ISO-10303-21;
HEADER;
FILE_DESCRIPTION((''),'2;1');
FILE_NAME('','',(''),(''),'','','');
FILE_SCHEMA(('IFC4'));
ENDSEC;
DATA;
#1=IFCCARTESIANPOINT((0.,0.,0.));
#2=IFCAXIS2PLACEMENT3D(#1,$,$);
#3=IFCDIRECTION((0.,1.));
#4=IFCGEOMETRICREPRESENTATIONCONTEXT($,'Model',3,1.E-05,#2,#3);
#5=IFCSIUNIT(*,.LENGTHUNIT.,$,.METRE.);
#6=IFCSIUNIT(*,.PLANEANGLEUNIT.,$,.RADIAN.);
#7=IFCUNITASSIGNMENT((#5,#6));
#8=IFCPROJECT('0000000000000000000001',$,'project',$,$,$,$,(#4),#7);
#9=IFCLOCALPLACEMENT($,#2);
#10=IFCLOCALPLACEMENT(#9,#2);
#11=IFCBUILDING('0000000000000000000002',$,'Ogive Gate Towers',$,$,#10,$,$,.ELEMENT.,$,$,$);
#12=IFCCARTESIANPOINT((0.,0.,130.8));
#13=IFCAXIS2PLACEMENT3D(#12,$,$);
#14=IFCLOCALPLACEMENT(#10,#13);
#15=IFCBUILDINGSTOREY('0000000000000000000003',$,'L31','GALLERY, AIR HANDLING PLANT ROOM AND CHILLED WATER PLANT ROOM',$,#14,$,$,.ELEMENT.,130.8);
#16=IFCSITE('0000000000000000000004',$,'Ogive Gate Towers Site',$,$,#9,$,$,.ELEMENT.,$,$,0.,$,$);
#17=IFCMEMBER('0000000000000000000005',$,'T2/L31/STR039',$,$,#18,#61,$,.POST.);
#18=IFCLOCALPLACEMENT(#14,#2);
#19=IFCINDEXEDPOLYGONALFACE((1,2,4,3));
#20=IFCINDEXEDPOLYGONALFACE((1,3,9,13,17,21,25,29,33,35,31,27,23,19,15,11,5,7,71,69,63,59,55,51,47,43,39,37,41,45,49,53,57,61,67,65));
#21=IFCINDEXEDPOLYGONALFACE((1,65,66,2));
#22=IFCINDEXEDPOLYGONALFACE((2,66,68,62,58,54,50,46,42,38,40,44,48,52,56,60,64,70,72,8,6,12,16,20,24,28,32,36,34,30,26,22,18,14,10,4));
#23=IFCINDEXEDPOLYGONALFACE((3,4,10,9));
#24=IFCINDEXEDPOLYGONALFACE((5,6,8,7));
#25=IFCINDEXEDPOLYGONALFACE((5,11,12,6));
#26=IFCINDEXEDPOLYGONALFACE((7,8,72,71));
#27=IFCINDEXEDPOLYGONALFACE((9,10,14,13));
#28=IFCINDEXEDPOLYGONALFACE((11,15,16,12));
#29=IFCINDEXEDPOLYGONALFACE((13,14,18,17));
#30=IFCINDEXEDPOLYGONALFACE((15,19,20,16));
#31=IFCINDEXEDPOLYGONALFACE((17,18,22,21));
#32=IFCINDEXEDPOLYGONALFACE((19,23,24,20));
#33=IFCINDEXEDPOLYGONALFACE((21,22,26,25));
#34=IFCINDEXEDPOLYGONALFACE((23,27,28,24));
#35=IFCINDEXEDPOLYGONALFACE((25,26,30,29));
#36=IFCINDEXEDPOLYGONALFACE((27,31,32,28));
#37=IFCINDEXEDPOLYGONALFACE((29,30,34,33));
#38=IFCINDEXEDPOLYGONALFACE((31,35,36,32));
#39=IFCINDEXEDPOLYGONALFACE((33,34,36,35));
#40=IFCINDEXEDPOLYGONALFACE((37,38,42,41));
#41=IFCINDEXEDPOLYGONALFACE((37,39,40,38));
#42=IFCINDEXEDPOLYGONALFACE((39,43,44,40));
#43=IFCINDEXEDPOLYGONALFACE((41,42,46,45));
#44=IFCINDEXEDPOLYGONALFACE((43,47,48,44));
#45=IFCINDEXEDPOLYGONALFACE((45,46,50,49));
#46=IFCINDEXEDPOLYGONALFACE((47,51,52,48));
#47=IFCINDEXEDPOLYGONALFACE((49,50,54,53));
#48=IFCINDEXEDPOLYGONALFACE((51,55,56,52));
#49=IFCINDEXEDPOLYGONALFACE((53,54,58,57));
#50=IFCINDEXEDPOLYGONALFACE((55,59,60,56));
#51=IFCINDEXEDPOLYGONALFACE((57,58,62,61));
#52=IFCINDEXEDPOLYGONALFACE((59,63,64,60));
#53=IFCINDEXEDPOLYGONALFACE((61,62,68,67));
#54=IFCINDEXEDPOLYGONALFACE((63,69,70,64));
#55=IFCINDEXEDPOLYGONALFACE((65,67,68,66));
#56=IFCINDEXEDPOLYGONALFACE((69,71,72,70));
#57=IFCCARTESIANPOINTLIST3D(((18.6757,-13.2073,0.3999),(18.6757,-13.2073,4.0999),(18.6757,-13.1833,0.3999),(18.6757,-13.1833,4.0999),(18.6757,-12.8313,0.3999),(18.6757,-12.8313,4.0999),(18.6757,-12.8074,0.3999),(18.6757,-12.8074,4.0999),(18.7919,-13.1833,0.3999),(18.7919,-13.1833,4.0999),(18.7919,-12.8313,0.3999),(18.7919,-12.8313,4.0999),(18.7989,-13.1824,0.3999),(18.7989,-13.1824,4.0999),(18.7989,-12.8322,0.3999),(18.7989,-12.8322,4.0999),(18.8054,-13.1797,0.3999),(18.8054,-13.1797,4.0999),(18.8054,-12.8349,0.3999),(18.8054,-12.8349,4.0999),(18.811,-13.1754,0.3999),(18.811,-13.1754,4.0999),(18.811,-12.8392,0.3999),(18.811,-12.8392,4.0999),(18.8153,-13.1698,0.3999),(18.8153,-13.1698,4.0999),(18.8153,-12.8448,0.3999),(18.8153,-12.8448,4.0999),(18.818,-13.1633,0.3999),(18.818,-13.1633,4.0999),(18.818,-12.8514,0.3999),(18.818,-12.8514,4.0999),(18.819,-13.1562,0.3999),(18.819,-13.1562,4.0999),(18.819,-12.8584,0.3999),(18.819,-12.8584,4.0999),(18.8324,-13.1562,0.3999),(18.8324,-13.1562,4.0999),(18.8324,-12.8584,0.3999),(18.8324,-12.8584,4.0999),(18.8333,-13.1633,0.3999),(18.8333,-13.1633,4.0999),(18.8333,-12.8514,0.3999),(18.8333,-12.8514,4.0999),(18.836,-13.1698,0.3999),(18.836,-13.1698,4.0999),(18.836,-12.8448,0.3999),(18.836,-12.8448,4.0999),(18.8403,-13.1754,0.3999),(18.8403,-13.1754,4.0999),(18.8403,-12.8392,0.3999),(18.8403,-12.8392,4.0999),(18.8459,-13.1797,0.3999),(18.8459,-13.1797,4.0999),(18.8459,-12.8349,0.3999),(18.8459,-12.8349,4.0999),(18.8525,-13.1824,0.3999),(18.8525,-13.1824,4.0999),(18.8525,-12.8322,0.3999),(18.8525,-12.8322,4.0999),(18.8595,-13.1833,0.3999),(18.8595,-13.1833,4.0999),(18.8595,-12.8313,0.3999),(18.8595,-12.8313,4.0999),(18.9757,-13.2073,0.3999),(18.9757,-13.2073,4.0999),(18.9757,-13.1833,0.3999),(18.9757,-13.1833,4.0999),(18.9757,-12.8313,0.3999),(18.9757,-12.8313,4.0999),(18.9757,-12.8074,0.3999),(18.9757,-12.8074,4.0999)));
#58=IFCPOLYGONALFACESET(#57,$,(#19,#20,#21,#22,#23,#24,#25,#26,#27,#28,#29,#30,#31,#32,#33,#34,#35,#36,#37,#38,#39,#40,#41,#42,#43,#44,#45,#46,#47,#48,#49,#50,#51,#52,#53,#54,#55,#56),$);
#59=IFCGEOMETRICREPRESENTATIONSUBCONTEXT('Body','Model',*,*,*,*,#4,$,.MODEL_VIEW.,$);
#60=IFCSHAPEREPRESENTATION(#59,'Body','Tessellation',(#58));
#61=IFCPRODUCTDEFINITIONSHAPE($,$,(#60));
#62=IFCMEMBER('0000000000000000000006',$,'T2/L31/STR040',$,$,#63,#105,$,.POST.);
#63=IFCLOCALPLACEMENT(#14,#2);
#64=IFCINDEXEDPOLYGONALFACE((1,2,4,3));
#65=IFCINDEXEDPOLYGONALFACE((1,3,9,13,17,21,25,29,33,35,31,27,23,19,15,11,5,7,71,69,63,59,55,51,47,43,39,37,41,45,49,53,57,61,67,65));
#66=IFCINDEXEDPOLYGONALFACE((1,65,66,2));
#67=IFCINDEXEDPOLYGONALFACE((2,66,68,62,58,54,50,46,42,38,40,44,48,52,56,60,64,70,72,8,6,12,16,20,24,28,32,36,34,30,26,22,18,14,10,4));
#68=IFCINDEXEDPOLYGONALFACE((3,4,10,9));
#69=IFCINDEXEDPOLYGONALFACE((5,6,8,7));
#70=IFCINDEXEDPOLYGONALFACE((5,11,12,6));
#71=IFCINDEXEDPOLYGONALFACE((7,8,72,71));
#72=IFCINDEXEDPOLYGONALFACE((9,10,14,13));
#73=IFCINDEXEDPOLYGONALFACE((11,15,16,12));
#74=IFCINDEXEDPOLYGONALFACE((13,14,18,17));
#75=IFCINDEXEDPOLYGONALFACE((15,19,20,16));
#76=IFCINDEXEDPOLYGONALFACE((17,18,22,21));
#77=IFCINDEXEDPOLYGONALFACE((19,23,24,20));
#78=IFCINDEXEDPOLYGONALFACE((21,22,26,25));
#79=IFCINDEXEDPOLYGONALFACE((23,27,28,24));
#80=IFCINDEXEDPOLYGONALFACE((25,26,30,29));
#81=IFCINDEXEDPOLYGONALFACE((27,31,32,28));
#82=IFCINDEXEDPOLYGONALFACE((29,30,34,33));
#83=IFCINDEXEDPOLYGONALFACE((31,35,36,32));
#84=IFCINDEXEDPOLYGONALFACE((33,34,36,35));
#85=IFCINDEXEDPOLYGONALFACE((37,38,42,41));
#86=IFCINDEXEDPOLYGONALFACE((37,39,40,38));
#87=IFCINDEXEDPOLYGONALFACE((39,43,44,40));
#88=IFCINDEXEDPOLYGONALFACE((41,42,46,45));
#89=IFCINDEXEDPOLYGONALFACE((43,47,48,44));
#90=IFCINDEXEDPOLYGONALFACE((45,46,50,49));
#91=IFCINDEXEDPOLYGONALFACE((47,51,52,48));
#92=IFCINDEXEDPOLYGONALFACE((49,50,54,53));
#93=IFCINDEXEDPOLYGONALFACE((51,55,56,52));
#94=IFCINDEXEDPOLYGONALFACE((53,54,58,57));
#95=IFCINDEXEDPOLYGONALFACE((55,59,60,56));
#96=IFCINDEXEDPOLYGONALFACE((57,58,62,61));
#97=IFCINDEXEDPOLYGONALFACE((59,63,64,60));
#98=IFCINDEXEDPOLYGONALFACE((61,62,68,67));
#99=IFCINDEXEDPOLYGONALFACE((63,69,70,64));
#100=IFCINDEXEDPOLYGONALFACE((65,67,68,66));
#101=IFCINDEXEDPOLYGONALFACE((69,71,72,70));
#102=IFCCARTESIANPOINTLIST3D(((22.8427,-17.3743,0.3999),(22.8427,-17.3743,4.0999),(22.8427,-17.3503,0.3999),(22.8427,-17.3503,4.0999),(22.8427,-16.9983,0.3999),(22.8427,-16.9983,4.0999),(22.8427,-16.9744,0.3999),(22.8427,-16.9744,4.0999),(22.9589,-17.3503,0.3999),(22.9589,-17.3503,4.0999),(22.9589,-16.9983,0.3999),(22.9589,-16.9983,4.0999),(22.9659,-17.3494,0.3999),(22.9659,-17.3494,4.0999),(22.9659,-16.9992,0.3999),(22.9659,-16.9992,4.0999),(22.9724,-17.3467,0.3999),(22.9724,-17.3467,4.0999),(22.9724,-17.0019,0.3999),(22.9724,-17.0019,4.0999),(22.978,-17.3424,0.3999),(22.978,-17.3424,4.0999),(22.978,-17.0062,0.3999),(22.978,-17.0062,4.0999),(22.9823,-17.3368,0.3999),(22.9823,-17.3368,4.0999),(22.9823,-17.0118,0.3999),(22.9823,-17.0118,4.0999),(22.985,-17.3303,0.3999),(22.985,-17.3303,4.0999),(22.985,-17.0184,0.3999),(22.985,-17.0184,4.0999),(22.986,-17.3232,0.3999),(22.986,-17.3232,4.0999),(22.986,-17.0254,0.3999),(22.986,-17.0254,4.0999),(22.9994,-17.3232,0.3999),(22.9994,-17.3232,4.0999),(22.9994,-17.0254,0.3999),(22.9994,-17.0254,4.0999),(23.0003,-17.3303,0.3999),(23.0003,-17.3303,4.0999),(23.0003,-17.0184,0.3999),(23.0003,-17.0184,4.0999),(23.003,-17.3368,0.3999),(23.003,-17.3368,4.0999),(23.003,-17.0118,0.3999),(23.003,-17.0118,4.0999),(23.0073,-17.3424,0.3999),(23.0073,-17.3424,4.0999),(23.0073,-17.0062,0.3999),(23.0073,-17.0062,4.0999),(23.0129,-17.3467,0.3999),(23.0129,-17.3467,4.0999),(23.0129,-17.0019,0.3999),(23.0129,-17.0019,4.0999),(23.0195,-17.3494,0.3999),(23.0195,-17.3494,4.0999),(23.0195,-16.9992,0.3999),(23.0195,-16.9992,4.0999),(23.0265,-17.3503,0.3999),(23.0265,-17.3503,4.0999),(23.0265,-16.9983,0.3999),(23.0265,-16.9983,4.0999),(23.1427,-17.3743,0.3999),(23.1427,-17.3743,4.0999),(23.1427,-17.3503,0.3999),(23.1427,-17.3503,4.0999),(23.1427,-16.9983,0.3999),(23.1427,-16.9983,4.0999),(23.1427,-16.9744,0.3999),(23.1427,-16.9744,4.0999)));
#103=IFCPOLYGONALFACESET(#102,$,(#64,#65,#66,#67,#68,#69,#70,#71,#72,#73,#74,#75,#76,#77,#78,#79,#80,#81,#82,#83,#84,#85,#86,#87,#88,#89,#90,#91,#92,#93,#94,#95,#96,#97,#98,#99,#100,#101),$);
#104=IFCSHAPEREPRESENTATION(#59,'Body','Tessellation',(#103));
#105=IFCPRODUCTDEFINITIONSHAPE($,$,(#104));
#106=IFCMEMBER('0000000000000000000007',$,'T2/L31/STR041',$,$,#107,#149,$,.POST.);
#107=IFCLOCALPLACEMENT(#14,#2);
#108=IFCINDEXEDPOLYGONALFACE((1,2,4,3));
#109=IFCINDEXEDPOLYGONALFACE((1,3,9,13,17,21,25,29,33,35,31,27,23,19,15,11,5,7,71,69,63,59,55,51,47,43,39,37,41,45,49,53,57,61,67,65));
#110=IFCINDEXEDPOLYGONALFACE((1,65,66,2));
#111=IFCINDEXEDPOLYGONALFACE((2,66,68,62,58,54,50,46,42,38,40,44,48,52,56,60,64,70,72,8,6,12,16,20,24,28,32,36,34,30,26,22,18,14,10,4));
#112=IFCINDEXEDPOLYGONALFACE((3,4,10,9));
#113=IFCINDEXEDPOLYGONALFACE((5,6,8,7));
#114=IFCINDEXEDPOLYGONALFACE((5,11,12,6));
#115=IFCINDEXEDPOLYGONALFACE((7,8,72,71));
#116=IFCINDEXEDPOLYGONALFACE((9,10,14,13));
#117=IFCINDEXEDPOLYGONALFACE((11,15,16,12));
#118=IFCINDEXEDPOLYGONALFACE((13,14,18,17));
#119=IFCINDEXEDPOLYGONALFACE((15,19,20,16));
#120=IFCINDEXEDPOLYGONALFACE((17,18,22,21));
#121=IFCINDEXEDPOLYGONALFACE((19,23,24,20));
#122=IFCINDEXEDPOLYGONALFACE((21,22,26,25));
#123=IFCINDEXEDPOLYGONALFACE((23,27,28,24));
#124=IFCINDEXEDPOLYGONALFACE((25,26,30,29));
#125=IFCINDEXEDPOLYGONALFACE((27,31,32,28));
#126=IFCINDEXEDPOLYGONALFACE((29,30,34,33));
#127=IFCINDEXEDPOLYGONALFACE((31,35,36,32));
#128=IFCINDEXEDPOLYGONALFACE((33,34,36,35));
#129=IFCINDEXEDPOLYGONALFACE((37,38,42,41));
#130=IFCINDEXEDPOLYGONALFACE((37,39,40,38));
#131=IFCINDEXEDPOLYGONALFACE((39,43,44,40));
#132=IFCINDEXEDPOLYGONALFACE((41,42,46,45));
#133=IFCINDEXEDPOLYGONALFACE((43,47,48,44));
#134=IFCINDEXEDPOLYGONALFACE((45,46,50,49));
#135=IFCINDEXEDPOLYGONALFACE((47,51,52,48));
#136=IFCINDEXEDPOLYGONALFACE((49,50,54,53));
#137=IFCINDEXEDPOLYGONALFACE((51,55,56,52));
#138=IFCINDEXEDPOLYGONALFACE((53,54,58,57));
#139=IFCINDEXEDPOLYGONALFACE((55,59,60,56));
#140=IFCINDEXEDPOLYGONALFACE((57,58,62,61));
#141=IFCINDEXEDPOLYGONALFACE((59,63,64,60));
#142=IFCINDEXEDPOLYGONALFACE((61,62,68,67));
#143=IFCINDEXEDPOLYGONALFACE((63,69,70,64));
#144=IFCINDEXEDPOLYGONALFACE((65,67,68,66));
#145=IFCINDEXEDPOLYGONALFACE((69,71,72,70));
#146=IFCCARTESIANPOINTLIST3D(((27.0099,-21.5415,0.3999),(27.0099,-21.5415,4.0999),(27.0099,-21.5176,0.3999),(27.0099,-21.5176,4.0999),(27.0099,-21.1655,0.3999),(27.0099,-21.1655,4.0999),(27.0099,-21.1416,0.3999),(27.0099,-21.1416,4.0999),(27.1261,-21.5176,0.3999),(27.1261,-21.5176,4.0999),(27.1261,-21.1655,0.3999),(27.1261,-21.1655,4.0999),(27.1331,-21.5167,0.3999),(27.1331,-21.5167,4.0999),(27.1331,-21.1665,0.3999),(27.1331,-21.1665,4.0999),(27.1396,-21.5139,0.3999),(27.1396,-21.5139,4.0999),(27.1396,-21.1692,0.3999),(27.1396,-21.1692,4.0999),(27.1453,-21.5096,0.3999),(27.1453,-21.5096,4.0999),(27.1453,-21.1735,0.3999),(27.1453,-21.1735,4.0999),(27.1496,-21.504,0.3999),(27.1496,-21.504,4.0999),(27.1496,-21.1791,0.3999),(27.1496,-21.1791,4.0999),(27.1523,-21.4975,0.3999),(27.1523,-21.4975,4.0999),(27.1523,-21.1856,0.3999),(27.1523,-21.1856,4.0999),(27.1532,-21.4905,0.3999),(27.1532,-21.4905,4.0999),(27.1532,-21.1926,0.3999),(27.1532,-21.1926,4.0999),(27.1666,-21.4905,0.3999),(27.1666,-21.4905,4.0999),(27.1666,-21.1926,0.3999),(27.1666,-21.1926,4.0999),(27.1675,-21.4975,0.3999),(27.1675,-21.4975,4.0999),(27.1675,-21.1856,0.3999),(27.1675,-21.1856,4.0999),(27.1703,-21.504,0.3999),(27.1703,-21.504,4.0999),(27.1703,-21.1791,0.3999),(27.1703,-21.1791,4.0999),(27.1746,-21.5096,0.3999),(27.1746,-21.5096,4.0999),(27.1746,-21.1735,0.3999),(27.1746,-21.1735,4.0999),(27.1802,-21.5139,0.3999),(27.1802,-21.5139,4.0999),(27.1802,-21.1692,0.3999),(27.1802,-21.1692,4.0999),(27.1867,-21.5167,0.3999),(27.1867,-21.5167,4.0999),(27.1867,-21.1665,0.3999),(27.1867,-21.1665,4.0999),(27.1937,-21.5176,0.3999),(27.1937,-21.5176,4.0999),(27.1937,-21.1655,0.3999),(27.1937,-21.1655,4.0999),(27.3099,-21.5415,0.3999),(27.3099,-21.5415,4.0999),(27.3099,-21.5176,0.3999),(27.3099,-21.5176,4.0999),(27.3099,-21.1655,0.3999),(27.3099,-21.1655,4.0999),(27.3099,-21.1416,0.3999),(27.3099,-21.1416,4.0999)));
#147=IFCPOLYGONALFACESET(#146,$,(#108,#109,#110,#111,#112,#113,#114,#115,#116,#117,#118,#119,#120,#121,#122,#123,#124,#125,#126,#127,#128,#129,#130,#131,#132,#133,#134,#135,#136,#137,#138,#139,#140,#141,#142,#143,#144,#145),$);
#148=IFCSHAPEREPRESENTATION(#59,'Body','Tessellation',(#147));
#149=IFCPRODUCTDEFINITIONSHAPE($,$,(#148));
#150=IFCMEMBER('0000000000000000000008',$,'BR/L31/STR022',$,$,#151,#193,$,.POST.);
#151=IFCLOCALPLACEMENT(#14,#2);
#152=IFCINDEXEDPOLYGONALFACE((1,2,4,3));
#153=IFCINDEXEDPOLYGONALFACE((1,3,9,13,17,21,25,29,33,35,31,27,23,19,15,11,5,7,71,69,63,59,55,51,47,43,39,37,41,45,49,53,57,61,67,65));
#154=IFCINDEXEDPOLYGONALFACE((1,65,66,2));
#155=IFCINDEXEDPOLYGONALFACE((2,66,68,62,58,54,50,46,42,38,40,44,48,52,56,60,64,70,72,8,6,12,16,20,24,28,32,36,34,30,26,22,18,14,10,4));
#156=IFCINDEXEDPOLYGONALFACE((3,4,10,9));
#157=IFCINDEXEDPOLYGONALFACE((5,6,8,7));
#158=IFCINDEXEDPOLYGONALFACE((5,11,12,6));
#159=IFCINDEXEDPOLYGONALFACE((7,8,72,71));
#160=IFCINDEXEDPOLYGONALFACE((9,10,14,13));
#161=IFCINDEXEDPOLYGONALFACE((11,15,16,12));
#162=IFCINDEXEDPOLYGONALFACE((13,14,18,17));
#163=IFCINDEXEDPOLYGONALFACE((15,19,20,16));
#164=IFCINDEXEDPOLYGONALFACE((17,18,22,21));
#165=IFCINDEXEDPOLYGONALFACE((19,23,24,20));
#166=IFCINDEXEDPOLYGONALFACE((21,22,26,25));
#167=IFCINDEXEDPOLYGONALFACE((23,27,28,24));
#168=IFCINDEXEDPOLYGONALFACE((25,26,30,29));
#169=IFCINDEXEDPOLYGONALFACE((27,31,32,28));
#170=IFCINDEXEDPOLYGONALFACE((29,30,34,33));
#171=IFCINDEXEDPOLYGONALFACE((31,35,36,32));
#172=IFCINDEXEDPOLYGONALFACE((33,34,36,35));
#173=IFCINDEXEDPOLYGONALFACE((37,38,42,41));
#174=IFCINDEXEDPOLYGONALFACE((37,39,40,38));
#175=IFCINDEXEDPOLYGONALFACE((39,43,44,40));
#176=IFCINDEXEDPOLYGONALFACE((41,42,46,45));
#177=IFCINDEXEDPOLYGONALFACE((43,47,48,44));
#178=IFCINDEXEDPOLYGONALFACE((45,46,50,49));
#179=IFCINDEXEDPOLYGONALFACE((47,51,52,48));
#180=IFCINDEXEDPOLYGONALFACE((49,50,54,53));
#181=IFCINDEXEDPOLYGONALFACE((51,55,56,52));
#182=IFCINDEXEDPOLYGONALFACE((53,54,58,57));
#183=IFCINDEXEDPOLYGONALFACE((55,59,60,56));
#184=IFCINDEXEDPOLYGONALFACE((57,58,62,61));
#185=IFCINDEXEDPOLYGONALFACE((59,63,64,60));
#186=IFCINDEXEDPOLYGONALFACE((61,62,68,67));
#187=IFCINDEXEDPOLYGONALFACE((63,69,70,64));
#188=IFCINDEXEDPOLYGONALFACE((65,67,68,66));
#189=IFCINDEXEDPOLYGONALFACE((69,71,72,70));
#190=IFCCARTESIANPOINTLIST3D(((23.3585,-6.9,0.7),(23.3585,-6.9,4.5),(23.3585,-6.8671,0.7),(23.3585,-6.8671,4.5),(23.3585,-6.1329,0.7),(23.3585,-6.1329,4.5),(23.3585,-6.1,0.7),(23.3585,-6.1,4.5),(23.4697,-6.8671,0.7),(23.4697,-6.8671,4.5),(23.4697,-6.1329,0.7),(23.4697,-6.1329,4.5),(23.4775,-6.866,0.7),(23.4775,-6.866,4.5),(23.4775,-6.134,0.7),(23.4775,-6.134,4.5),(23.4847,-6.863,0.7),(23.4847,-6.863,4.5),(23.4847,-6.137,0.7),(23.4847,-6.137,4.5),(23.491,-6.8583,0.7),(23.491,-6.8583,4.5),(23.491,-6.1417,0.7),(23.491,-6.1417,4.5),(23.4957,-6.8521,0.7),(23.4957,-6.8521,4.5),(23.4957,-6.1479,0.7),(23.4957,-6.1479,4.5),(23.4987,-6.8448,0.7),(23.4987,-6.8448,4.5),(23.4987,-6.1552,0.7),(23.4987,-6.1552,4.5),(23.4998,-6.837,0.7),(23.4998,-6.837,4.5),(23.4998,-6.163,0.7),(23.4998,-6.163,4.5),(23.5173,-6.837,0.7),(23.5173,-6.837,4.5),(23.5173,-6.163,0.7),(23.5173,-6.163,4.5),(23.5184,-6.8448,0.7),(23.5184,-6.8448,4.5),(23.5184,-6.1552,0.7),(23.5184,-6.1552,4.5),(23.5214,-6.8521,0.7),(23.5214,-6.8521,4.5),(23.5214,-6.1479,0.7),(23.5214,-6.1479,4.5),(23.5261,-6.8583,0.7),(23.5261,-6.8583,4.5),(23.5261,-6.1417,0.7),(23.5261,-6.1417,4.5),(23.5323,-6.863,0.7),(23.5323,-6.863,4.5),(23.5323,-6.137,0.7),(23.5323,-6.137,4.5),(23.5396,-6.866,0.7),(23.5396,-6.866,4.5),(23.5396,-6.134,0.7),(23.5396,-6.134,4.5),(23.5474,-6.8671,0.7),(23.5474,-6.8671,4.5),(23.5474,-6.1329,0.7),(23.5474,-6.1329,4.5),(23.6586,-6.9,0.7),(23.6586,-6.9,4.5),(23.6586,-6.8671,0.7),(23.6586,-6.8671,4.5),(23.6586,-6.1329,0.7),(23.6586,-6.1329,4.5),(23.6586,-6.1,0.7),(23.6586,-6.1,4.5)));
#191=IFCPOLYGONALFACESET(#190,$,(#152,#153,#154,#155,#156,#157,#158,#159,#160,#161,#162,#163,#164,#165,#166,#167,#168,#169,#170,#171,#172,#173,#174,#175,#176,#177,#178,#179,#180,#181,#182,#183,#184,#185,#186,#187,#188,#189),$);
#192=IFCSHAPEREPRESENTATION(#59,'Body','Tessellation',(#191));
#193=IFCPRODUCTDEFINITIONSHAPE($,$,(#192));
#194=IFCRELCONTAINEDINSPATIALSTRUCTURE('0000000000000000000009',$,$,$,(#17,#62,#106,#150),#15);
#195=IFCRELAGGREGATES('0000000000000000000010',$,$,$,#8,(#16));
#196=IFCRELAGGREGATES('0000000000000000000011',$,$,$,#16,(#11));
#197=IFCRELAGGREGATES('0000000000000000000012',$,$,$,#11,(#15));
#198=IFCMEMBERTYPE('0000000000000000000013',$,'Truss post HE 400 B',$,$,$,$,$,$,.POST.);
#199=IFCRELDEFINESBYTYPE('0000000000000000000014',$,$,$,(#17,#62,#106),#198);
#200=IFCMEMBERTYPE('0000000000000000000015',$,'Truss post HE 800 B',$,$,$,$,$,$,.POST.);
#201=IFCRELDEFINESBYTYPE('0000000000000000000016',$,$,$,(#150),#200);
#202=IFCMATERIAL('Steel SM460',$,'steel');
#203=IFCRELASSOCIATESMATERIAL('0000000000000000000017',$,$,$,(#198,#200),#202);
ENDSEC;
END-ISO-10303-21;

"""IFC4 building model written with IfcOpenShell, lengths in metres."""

from ifc_helpers import new_model, si_unit, direction, frame, origin, origin_2d, place, context, subcontext, project, spatial, i_section, extrude, material, material_profile, profile_set, type_object, element, save


model = new_model("IFC4")

# Units and contexts
model_context = context("Model", 3, precision=1e-05, world=origin(), true_north=direction((0.0, 1.0)))
body_context = subcontext(model_context, "Body", "Model", "MODEL_VIEW")
ifc_project = project(units=[si_unit("LENGTHUNIT", "METRE"), si_unit("PLANEANGLEUNIT", "RADIAN")], contexts=[model_context])

# Site, building, storey
site_placement = place(None, origin())
site = spatial("IfcSite", under=ifc_project, at=site_placement, Name="Ogive Gate Towers Site", CompositionType="ELEMENT", RefElevation=0.0)
building_placement = place(site_placement, origin())
building = spatial("IfcBuilding", under=site, at=building_placement, Name="Ogive Gate Towers", CompositionType="ELEMENT")
storey_placement = place(building_placement, frame((0.0, 0.0, 130.8)))
storey = spatial("IfcBuildingStorey", under=building, at=storey_placement, Name="L31", Description="GALLERY, AIR HANDLING PLANT ROOM AND CHILLED WATER PLANT ROOM", CompositionType="ELEMENT", Elevation=130.8)

# Shared definitions
ifc_material_1 = material(Name="Steel SM460", Category="steel")

# Members
ifc_material_profile_1 = material_profile(ifc_material_1, i_section(OverallWidth=0.3, OverallDepth=0.3999, WebThickness=0.0134, FlangeThickness=0.0239, FilletRadius=0.0271, at=origin_2d()), Name="HE 400 B")
ifc_profile_set_1 = profile_set([ifc_material_profile_1], Name="Steel SM460")
member_type_1 = type_object("IfcMemberType", Name="Truss post HE 400 B", PredefinedType="POST", material=ifc_profile_set_1)
for number, where, z_axis, x_axis, name in (
    (1, (18.8257, -13.0073, 0.3999), (0.0, 0.0, 1.0), (1.0, 0.0, 0.0), "T2/L31/STR039"),
    (2, (22.9927, -17.1743, 0.3999), (0.0, 0.0, 1.0), (1.0, 0.0, 0.0), "T2/L31/STR040"),
    (3, (27.1599, -21.3416, 0.3999), (0.0, 0.0, 1.0), (1.0, 0.0, 0.0), "T2/L31/STR041"),
):
    element("IfcMember", number, at=place(storey_placement, frame(where, z_axis=z_axis, x_axis=x_axis)), inside=storey, type_object=member_type_1, Name=name, PredefinedType="POST", context=body_context, shape_type="SweptSolid", body=[
        extrude(i_section(OverallWidth=0.3, OverallDepth=0.3999, WebThickness=0.0134, FlangeThickness=0.0239, FilletRadius=0.0271, at=origin_2d()), origin(), (0.0, 0.0, 1.0), 3.7),
    ])
ifc_material_profile_2 = material_profile(ifc_material_1, i_section(OverallWidth=0.3, OverallDepth=0.8, WebThickness=0.0176, FlangeThickness=0.033, FilletRadius=0.03, at=origin_2d()), Name="HE 800 B")
ifc_profile_set_2 = profile_set([ifc_material_profile_2], Name="Steel SM460")
member_type_2 = type_object("IfcMemberType", Name="Truss post HE 800 B", PredefinedType="POST", material=ifc_profile_set_2)
for number, where, z_axis, x_axis, name in (
    (4, (23.5085, -6.5, 0.7), (0.0, 0.0, 1.0), (1.0, 0.0, 0.0), "BR/L31/STR022"),
):
    element("IfcMember", number, at=place(storey_placement, frame(where, z_axis=z_axis, x_axis=x_axis)), inside=storey, type_object=member_type_2, Name=name, PredefinedType="POST", context=body_context, shape_type="SweptSolid", body=[
        extrude(i_section(OverallWidth=0.3, OverallDepth=0.8, WebThickness=0.0176, FlangeThickness=0.033, FilletRadius=0.03, at=origin_2d()), origin(), (0.0, 0.0, 1.0), 3.8),
    ])

save(model, "model.ifc")
